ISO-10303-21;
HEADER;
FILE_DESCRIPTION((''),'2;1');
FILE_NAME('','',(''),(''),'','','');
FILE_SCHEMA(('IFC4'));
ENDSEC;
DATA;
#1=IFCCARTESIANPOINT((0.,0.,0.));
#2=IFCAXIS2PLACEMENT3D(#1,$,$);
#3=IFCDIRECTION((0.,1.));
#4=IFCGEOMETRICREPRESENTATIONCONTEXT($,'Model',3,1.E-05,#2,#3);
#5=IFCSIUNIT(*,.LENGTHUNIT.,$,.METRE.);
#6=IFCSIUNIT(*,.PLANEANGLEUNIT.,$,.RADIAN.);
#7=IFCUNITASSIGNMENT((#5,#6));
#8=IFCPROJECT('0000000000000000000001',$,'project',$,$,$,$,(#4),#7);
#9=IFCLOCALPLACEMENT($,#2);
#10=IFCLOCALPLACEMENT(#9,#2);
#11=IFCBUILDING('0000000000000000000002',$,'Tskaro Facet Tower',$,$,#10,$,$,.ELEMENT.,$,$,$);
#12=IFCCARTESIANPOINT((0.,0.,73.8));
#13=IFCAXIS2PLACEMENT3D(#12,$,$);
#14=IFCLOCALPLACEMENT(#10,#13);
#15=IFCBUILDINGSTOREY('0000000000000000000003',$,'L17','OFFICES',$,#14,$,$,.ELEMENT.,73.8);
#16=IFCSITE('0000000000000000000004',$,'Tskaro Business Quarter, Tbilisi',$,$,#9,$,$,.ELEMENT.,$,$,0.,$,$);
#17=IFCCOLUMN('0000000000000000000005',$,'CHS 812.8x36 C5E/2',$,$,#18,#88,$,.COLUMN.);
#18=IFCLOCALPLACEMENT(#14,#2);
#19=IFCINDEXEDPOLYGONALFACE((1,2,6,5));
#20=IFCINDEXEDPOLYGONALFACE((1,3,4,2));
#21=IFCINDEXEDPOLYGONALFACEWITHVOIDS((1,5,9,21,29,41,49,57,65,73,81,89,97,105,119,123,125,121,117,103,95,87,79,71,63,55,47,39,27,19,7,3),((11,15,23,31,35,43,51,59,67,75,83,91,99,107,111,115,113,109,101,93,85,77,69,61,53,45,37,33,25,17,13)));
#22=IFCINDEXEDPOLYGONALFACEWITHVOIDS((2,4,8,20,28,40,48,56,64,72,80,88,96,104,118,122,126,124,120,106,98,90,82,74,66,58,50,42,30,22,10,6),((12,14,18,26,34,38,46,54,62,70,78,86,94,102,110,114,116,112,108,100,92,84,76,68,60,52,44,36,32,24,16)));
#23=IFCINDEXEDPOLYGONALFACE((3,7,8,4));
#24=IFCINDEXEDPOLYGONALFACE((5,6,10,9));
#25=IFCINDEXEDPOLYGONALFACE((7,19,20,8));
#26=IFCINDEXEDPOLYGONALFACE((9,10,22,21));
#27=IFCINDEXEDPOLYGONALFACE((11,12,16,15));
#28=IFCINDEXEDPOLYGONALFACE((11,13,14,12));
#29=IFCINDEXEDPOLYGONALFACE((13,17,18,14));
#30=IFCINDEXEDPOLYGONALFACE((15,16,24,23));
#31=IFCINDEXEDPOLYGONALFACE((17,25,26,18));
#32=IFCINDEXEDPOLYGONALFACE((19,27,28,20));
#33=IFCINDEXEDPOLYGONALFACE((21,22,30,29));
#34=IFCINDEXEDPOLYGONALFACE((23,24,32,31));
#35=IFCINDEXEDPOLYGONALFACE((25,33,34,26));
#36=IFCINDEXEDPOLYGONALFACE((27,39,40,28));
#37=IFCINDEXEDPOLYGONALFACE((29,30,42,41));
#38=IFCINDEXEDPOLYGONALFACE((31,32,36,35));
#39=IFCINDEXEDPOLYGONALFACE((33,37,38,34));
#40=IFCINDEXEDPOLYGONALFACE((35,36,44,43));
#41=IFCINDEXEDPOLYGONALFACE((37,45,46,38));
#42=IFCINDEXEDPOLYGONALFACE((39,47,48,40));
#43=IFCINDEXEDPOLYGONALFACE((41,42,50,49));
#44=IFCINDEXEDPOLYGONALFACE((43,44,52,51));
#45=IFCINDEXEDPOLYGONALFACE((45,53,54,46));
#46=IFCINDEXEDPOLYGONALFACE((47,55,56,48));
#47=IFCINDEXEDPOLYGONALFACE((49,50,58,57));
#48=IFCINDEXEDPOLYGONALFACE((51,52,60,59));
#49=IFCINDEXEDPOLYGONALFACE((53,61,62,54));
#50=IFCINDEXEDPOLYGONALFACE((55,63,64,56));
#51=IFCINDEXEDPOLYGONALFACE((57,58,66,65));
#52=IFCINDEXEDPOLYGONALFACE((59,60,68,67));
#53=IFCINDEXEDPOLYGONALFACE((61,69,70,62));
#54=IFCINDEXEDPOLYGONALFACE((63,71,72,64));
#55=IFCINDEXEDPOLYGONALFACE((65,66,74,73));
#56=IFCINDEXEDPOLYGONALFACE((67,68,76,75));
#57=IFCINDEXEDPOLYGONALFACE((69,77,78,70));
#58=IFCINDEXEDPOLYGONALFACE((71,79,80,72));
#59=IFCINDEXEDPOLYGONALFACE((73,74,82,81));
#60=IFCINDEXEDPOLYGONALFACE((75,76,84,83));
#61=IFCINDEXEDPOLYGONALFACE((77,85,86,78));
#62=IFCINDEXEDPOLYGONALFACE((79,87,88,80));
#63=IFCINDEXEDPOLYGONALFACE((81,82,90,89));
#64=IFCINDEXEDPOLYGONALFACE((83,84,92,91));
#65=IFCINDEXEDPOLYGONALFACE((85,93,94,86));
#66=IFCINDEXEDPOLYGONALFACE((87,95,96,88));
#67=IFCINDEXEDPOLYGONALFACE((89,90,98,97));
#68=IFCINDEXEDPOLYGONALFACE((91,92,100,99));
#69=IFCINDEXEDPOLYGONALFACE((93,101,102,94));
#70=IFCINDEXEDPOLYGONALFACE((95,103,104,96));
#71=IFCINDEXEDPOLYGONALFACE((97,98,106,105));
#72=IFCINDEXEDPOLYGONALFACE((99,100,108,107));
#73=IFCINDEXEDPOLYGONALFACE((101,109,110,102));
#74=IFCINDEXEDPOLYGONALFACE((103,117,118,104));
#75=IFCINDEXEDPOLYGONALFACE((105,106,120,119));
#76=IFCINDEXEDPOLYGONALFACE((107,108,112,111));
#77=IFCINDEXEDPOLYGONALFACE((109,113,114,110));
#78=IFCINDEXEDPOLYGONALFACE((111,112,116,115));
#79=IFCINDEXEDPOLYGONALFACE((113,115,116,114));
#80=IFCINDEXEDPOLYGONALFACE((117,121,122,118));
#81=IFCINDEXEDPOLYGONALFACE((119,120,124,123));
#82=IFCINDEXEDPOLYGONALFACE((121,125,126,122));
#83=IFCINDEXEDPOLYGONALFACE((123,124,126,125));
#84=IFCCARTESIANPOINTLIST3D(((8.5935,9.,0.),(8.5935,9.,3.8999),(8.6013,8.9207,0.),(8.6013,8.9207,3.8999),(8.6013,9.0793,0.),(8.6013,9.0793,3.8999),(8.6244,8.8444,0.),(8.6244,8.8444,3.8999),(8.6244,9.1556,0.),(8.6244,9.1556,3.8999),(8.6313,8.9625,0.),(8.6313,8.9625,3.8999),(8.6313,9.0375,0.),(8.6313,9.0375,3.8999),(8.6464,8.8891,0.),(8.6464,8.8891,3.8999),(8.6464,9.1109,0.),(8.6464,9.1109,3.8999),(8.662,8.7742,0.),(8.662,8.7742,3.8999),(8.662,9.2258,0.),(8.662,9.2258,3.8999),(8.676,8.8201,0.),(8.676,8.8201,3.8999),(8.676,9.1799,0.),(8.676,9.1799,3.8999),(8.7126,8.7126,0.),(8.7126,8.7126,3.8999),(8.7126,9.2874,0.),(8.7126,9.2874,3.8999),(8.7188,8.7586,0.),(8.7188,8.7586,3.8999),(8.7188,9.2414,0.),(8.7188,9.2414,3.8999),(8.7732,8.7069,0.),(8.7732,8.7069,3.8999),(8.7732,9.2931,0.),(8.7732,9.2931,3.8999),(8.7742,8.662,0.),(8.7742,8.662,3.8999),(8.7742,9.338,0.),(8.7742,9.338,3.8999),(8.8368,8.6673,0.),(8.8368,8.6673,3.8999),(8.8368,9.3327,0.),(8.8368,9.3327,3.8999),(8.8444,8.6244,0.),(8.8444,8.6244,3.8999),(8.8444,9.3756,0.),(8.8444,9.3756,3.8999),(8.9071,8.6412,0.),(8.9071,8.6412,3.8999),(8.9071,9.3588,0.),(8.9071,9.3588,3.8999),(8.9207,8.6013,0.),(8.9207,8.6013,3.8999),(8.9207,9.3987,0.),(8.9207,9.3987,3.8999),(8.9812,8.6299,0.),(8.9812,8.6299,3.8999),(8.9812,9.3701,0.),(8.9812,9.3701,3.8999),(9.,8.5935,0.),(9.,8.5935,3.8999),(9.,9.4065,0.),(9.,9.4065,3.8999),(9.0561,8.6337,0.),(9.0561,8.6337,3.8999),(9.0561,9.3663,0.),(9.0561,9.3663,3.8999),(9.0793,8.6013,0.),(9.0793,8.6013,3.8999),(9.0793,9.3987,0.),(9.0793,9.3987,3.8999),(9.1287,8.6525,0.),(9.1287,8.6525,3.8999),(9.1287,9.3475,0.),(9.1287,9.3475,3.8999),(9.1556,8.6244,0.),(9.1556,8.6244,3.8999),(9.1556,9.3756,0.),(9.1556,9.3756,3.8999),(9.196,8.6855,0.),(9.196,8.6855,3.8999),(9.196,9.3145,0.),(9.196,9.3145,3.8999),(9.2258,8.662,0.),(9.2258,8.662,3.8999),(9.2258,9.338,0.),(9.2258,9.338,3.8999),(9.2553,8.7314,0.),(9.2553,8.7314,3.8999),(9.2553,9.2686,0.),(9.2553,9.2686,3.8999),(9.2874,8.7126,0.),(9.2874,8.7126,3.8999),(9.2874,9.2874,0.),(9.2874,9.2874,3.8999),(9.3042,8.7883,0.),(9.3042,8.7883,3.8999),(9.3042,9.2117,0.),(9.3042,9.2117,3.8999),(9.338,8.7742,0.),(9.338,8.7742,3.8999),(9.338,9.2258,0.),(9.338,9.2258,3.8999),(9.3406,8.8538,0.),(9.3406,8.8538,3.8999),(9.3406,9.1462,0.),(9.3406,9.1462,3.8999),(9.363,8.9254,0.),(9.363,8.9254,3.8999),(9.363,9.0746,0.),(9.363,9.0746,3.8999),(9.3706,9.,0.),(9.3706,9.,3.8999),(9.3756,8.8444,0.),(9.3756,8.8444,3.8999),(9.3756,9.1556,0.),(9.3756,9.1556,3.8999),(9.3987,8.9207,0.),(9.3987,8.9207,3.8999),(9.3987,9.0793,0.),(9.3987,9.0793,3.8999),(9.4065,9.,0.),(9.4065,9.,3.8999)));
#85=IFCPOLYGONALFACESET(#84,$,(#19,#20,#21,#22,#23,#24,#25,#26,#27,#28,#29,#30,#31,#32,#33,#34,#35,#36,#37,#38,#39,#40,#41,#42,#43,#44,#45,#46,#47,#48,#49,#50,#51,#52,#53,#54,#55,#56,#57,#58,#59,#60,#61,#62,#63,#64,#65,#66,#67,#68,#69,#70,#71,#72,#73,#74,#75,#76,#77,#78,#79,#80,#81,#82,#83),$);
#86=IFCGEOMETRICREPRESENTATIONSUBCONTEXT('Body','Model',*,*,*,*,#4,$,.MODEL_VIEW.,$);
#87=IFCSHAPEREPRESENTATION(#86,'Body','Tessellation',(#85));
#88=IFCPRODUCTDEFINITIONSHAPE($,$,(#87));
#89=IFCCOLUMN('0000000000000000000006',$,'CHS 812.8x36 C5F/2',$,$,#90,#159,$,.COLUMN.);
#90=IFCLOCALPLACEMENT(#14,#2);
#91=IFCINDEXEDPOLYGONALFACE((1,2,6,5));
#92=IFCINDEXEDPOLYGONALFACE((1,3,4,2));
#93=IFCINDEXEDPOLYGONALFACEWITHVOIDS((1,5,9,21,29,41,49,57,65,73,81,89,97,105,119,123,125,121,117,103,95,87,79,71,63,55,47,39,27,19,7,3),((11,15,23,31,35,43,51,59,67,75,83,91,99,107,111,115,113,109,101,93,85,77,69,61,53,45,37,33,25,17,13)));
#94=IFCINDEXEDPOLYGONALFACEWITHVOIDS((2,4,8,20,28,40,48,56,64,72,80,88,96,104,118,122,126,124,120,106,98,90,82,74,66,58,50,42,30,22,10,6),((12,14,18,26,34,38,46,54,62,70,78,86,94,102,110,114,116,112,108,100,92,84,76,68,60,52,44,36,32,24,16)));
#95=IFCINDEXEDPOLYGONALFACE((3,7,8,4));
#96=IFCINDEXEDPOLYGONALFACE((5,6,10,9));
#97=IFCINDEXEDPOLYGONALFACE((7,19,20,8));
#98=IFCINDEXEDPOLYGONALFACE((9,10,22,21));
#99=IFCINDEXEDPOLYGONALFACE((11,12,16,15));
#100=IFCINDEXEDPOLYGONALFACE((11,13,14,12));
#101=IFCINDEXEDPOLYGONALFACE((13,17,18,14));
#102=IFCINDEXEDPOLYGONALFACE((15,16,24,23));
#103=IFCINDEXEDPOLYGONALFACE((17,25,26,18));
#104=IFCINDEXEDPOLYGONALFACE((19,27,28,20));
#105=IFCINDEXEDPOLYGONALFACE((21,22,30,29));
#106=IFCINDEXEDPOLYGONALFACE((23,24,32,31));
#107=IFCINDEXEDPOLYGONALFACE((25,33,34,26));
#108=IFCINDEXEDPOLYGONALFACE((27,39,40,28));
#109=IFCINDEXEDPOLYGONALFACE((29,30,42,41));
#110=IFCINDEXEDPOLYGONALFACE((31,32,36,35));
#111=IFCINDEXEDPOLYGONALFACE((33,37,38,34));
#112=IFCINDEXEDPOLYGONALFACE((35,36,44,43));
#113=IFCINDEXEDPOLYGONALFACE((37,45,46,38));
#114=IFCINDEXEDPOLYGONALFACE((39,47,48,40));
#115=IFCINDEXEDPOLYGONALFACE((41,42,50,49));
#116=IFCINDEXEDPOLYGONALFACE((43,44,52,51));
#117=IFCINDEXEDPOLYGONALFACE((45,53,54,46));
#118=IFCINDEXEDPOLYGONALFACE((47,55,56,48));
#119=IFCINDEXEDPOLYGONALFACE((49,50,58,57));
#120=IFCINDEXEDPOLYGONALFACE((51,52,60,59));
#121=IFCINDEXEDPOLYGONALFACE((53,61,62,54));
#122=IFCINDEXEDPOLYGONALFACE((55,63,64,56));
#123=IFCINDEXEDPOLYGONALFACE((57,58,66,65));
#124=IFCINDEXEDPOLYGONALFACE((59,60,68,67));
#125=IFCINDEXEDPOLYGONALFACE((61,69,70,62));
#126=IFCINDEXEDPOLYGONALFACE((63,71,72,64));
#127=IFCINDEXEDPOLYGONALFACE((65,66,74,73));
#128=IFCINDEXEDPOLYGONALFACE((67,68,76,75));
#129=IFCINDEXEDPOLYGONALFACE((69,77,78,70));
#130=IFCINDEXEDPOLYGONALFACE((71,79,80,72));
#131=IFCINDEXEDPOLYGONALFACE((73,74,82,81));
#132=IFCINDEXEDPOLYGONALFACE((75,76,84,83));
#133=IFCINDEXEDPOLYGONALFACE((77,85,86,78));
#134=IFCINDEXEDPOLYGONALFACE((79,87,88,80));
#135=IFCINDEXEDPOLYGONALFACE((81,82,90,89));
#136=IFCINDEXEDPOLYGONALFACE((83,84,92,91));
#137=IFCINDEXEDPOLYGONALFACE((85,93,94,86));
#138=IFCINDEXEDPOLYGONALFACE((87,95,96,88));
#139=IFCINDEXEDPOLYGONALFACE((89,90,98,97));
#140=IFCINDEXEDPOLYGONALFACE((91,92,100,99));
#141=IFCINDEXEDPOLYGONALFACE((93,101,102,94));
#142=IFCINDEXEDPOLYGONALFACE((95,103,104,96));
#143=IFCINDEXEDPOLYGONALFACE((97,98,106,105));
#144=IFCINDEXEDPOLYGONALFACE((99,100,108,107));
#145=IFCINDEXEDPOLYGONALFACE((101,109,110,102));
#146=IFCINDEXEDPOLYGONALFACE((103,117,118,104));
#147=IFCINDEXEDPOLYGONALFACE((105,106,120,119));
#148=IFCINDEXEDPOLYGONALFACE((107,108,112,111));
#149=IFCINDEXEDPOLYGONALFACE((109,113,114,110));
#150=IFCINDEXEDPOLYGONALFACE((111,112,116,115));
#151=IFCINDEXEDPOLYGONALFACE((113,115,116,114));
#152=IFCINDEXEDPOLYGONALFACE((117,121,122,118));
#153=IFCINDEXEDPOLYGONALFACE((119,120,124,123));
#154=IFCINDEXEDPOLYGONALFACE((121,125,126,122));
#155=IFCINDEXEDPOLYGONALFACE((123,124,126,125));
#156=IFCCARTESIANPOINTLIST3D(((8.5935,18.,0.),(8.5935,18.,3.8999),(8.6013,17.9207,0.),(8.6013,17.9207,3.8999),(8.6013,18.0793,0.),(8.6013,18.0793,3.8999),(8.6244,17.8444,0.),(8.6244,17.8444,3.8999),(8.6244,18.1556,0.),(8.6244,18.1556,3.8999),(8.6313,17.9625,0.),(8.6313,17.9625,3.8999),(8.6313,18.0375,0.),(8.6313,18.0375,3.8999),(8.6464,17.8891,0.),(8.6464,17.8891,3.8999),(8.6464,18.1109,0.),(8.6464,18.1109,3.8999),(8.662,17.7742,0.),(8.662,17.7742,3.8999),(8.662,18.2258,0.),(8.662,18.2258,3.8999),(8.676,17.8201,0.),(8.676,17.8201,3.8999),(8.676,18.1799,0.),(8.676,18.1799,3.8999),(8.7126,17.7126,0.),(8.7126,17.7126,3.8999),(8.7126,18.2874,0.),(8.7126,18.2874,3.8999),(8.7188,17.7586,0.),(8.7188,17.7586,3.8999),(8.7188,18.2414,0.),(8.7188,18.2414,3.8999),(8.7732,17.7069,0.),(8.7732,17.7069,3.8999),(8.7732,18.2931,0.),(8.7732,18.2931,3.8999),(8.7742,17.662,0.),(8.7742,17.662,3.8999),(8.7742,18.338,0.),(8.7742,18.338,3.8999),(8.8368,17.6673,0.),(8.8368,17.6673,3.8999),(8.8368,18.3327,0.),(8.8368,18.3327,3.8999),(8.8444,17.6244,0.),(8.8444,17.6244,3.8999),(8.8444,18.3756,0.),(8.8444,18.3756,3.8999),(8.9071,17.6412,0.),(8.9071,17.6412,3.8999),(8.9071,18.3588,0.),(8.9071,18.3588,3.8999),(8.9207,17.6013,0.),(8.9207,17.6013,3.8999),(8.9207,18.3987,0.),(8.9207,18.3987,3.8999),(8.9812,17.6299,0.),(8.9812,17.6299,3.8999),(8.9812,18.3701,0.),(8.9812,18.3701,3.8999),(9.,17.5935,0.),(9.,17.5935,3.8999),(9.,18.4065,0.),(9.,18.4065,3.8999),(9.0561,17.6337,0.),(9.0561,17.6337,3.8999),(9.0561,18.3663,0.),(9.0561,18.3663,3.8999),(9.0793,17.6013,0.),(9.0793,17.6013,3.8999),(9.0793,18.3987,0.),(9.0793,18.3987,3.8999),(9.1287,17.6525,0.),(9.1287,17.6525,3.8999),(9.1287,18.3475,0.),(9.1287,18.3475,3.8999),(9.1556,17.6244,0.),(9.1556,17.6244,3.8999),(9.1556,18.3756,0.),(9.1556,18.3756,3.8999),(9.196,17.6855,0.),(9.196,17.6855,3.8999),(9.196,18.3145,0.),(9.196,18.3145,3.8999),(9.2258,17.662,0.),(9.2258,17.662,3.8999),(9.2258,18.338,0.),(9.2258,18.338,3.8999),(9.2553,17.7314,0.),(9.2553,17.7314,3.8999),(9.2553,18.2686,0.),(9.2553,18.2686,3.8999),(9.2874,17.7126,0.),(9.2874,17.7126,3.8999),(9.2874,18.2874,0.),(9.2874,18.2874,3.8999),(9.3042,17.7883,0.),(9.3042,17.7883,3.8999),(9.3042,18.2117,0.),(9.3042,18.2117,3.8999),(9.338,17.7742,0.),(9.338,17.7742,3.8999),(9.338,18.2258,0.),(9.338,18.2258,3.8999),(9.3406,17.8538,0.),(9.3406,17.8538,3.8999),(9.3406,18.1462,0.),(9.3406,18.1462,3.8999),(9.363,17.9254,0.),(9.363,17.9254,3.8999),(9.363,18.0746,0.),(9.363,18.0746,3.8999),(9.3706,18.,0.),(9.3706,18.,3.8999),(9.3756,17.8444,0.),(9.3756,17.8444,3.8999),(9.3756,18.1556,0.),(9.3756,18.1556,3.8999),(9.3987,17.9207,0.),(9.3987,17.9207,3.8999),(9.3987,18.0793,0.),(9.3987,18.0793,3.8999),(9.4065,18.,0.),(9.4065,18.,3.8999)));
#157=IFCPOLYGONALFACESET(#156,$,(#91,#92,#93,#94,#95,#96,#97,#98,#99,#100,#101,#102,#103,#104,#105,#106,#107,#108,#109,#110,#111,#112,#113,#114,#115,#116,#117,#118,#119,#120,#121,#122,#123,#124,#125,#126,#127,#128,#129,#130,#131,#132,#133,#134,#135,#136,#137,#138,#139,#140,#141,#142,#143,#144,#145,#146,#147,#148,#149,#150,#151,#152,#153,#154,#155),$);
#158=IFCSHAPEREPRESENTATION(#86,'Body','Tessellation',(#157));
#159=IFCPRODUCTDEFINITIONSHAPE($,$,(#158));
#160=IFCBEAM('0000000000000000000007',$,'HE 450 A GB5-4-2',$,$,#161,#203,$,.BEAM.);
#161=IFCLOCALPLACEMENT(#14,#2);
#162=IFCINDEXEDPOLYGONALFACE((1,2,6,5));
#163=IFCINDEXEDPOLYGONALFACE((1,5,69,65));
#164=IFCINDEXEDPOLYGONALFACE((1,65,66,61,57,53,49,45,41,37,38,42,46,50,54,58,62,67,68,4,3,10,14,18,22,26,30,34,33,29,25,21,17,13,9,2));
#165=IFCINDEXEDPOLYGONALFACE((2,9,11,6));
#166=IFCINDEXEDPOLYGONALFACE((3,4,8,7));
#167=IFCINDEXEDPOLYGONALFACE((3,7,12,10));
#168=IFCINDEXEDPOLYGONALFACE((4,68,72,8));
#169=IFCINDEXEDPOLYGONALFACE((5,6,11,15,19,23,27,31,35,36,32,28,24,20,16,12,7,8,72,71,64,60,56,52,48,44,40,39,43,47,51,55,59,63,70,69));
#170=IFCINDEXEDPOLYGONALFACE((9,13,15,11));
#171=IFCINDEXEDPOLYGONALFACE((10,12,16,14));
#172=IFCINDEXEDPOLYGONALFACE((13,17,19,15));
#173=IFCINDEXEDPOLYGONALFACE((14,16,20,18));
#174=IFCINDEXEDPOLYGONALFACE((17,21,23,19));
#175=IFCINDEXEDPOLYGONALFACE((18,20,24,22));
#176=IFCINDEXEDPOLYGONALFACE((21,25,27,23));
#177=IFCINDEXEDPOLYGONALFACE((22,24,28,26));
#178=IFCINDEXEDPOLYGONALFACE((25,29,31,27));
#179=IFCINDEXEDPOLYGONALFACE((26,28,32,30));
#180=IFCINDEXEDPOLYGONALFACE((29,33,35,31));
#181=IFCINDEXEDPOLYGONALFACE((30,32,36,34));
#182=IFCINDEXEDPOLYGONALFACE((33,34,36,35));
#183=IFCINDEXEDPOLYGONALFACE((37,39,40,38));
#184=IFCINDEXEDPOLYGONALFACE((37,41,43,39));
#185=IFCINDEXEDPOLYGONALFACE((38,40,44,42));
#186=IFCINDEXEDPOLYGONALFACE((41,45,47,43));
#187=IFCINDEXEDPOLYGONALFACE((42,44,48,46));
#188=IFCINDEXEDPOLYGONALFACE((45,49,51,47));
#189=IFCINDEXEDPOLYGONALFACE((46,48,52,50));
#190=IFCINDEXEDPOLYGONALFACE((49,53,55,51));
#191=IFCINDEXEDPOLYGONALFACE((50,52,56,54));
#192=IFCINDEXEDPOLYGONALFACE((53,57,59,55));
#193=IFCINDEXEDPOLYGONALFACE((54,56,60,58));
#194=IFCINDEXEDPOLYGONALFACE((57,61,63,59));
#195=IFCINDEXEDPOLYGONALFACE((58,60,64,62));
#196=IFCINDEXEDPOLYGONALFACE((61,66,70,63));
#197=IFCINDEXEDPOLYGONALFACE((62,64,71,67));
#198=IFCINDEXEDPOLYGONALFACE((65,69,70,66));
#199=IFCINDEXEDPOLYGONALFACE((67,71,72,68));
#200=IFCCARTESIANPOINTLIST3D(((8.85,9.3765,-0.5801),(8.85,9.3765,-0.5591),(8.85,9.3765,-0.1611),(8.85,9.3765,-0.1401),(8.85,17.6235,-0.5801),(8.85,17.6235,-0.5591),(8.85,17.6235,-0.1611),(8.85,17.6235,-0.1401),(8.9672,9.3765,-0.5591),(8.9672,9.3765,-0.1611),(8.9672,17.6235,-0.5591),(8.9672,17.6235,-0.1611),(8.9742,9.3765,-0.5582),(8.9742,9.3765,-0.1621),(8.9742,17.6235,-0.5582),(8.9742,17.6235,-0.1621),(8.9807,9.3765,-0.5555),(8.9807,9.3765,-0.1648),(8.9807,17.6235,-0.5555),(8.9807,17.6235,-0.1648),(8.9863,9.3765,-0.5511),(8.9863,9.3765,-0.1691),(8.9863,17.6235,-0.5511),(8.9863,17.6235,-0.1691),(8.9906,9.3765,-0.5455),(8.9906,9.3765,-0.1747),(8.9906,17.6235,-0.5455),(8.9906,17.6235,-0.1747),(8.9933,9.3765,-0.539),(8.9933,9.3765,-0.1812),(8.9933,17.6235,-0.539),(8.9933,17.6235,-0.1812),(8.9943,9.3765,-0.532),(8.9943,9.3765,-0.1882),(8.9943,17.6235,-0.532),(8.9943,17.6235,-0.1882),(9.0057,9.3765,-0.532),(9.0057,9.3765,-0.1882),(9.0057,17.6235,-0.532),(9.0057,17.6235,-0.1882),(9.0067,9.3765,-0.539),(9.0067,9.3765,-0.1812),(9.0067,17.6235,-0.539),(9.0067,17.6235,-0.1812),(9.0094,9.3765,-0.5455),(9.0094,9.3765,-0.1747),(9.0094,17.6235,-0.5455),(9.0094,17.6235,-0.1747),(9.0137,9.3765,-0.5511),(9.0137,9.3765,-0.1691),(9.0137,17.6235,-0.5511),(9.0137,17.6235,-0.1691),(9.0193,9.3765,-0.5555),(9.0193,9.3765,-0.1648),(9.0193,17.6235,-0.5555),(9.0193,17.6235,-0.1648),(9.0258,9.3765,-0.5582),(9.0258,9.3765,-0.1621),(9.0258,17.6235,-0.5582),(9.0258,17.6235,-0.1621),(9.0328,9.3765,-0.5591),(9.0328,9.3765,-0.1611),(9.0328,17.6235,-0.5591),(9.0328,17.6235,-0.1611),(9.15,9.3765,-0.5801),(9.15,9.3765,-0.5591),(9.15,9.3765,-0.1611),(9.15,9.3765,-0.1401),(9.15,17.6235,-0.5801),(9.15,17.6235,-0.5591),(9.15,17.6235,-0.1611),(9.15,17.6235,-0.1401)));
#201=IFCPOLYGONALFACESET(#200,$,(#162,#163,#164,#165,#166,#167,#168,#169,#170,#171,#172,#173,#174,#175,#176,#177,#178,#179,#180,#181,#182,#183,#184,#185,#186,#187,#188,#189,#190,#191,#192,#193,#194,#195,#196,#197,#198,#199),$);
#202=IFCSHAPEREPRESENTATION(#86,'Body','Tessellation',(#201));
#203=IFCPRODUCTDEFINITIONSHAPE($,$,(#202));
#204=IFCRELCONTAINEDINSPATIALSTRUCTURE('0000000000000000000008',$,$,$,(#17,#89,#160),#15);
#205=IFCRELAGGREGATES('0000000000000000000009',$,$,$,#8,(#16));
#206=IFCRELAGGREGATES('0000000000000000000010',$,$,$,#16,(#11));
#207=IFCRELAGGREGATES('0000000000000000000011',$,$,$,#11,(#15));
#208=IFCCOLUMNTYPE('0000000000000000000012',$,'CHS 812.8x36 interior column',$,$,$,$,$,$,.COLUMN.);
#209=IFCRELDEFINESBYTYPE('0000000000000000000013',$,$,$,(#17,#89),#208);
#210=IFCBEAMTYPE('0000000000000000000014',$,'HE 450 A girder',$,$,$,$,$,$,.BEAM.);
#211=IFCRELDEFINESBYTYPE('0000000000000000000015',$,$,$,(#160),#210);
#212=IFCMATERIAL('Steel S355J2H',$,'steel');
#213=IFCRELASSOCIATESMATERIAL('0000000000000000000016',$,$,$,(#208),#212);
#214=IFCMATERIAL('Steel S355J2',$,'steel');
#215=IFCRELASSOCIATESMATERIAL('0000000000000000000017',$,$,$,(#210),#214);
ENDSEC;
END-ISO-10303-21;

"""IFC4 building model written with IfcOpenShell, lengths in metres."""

from ifc_helpers import new_model, si_unit, direction, frame, origin, origin_2d, place, context, subcontext, project, spatial, hollow_circle, i_section, extrude, material, material_profile, profile_set, type_object, element, save


model = new_model("IFC4")

# Units and contexts
model_context = context("Model", 3, precision=1e-05, world=origin(), true_north=direction((0.0, 1.0)))
body_context = subcontext(model_context, "Body", "Model", "MODEL_VIEW")
ifc_project = project(units=[si_unit("LENGTHUNIT", "METRE"), si_unit("PLANEANGLEUNIT", "RADIAN")], contexts=[model_context])

# Site, building, storey
site_placement = place(None, origin())
site = spatial("IfcSite", under=ifc_project, at=site_placement, Name="Tskaro Business Quarter, Tbilisi", CompositionType="ELEMENT", RefElevation=0.0)
building_placement = place(site_placement, origin())
building = spatial("IfcBuilding", under=site, at=building_placement, Name="Tskaro Facet Tower", CompositionType="ELEMENT")
storey_placement = place(building_placement, frame((0.0, 0.0, 73.8)))
storey = spatial("IfcBuildingStorey", under=building, at=storey_placement, Name="L17", Description="OFFICES", CompositionType="ELEMENT", Elevation=73.8)

# Columns
ifc_material_1 = material(Name="Steel S355J2H", Category="steel")
ifc_material_profile_1 = material_profile(ifc_material_1, hollow_circle(Radius=0.4065, WallThickness=0.0359, at=origin_2d()), Name="CHS 812.8x36")
ifc_profile_set_1 = profile_set([ifc_material_profile_1], Name="Steel S355J2H")
column_type = type_object("IfcColumnType", Name="CHS 812.8x36 interior column", PredefinedType="COLUMN", material=ifc_profile_set_1)
for number, where, z_axis, x_axis, name in (
    (1, (9.0, 9.0, 0.0), (0.0, 0.0, 1.0), (1.0, 0.0, 0.0), "CHS 812.8x36 C5E/2"),
    (2, (9.0, 18.0, 0.0), (0.0, 0.0, 1.0), (1.0, 0.0, 0.0), "CHS 812.8x36 C5F/2"),
):
    element("IfcColumn", number, at=place(storey_placement, frame(where, z_axis=z_axis, x_axis=x_axis)), inside=storey, type_object=column_type, Name=name, PredefinedType="COLUMN", context=body_context, shape_type="SweptSolid", body=[
        extrude(hollow_circle(Radius=0.4065, WallThickness=0.0359, at=origin_2d()), origin(), (0.0, 0.0, 1.0), 3.8999),
    ])

# Beam
ifc_material_2 = material(Name="Steel S355J2", Category="steel")
ifc_material_profile_2 = material_profile(ifc_material_2, i_section(OverallWidth=0.3, OverallDepth=0.4399, WebThickness=0.0115, FlangeThickness=0.021, FilletRadius=0.0271, at=origin_2d()), Name="HE 450 A")
ifc_profile_set_2 = profile_set([ifc_material_profile_2], Name="Steel S355J2")
beam_type_1 = type_object("IfcBeamType", Name="HE 450 A girder", PredefinedType="BEAM", material=ifc_profile_set_2)
beam_1_placement = place(storey_placement, frame((9.0, 9.3765, -0.3601), z_axis=(0.0, 1.0, 0.0), x_axis=(-1.0, 0.0, 0.0)))
element("IfcBeam", 3, at=beam_1_placement, inside=storey, type_object=beam_type_1, Name="HE 450 A GB5-4-2", PredefinedType="BEAM", context=body_context, shape_type="SweptSolid", body=[
    extrude(i_section(OverallWidth=0.3, OverallDepth=0.4399, WebThickness=0.0115, FlangeThickness=0.021, FilletRadius=0.0271, at=origin_2d()), origin(), (0.0, 0.0, 1.0), 8.2471),
])

save(model, "model.ifc")
